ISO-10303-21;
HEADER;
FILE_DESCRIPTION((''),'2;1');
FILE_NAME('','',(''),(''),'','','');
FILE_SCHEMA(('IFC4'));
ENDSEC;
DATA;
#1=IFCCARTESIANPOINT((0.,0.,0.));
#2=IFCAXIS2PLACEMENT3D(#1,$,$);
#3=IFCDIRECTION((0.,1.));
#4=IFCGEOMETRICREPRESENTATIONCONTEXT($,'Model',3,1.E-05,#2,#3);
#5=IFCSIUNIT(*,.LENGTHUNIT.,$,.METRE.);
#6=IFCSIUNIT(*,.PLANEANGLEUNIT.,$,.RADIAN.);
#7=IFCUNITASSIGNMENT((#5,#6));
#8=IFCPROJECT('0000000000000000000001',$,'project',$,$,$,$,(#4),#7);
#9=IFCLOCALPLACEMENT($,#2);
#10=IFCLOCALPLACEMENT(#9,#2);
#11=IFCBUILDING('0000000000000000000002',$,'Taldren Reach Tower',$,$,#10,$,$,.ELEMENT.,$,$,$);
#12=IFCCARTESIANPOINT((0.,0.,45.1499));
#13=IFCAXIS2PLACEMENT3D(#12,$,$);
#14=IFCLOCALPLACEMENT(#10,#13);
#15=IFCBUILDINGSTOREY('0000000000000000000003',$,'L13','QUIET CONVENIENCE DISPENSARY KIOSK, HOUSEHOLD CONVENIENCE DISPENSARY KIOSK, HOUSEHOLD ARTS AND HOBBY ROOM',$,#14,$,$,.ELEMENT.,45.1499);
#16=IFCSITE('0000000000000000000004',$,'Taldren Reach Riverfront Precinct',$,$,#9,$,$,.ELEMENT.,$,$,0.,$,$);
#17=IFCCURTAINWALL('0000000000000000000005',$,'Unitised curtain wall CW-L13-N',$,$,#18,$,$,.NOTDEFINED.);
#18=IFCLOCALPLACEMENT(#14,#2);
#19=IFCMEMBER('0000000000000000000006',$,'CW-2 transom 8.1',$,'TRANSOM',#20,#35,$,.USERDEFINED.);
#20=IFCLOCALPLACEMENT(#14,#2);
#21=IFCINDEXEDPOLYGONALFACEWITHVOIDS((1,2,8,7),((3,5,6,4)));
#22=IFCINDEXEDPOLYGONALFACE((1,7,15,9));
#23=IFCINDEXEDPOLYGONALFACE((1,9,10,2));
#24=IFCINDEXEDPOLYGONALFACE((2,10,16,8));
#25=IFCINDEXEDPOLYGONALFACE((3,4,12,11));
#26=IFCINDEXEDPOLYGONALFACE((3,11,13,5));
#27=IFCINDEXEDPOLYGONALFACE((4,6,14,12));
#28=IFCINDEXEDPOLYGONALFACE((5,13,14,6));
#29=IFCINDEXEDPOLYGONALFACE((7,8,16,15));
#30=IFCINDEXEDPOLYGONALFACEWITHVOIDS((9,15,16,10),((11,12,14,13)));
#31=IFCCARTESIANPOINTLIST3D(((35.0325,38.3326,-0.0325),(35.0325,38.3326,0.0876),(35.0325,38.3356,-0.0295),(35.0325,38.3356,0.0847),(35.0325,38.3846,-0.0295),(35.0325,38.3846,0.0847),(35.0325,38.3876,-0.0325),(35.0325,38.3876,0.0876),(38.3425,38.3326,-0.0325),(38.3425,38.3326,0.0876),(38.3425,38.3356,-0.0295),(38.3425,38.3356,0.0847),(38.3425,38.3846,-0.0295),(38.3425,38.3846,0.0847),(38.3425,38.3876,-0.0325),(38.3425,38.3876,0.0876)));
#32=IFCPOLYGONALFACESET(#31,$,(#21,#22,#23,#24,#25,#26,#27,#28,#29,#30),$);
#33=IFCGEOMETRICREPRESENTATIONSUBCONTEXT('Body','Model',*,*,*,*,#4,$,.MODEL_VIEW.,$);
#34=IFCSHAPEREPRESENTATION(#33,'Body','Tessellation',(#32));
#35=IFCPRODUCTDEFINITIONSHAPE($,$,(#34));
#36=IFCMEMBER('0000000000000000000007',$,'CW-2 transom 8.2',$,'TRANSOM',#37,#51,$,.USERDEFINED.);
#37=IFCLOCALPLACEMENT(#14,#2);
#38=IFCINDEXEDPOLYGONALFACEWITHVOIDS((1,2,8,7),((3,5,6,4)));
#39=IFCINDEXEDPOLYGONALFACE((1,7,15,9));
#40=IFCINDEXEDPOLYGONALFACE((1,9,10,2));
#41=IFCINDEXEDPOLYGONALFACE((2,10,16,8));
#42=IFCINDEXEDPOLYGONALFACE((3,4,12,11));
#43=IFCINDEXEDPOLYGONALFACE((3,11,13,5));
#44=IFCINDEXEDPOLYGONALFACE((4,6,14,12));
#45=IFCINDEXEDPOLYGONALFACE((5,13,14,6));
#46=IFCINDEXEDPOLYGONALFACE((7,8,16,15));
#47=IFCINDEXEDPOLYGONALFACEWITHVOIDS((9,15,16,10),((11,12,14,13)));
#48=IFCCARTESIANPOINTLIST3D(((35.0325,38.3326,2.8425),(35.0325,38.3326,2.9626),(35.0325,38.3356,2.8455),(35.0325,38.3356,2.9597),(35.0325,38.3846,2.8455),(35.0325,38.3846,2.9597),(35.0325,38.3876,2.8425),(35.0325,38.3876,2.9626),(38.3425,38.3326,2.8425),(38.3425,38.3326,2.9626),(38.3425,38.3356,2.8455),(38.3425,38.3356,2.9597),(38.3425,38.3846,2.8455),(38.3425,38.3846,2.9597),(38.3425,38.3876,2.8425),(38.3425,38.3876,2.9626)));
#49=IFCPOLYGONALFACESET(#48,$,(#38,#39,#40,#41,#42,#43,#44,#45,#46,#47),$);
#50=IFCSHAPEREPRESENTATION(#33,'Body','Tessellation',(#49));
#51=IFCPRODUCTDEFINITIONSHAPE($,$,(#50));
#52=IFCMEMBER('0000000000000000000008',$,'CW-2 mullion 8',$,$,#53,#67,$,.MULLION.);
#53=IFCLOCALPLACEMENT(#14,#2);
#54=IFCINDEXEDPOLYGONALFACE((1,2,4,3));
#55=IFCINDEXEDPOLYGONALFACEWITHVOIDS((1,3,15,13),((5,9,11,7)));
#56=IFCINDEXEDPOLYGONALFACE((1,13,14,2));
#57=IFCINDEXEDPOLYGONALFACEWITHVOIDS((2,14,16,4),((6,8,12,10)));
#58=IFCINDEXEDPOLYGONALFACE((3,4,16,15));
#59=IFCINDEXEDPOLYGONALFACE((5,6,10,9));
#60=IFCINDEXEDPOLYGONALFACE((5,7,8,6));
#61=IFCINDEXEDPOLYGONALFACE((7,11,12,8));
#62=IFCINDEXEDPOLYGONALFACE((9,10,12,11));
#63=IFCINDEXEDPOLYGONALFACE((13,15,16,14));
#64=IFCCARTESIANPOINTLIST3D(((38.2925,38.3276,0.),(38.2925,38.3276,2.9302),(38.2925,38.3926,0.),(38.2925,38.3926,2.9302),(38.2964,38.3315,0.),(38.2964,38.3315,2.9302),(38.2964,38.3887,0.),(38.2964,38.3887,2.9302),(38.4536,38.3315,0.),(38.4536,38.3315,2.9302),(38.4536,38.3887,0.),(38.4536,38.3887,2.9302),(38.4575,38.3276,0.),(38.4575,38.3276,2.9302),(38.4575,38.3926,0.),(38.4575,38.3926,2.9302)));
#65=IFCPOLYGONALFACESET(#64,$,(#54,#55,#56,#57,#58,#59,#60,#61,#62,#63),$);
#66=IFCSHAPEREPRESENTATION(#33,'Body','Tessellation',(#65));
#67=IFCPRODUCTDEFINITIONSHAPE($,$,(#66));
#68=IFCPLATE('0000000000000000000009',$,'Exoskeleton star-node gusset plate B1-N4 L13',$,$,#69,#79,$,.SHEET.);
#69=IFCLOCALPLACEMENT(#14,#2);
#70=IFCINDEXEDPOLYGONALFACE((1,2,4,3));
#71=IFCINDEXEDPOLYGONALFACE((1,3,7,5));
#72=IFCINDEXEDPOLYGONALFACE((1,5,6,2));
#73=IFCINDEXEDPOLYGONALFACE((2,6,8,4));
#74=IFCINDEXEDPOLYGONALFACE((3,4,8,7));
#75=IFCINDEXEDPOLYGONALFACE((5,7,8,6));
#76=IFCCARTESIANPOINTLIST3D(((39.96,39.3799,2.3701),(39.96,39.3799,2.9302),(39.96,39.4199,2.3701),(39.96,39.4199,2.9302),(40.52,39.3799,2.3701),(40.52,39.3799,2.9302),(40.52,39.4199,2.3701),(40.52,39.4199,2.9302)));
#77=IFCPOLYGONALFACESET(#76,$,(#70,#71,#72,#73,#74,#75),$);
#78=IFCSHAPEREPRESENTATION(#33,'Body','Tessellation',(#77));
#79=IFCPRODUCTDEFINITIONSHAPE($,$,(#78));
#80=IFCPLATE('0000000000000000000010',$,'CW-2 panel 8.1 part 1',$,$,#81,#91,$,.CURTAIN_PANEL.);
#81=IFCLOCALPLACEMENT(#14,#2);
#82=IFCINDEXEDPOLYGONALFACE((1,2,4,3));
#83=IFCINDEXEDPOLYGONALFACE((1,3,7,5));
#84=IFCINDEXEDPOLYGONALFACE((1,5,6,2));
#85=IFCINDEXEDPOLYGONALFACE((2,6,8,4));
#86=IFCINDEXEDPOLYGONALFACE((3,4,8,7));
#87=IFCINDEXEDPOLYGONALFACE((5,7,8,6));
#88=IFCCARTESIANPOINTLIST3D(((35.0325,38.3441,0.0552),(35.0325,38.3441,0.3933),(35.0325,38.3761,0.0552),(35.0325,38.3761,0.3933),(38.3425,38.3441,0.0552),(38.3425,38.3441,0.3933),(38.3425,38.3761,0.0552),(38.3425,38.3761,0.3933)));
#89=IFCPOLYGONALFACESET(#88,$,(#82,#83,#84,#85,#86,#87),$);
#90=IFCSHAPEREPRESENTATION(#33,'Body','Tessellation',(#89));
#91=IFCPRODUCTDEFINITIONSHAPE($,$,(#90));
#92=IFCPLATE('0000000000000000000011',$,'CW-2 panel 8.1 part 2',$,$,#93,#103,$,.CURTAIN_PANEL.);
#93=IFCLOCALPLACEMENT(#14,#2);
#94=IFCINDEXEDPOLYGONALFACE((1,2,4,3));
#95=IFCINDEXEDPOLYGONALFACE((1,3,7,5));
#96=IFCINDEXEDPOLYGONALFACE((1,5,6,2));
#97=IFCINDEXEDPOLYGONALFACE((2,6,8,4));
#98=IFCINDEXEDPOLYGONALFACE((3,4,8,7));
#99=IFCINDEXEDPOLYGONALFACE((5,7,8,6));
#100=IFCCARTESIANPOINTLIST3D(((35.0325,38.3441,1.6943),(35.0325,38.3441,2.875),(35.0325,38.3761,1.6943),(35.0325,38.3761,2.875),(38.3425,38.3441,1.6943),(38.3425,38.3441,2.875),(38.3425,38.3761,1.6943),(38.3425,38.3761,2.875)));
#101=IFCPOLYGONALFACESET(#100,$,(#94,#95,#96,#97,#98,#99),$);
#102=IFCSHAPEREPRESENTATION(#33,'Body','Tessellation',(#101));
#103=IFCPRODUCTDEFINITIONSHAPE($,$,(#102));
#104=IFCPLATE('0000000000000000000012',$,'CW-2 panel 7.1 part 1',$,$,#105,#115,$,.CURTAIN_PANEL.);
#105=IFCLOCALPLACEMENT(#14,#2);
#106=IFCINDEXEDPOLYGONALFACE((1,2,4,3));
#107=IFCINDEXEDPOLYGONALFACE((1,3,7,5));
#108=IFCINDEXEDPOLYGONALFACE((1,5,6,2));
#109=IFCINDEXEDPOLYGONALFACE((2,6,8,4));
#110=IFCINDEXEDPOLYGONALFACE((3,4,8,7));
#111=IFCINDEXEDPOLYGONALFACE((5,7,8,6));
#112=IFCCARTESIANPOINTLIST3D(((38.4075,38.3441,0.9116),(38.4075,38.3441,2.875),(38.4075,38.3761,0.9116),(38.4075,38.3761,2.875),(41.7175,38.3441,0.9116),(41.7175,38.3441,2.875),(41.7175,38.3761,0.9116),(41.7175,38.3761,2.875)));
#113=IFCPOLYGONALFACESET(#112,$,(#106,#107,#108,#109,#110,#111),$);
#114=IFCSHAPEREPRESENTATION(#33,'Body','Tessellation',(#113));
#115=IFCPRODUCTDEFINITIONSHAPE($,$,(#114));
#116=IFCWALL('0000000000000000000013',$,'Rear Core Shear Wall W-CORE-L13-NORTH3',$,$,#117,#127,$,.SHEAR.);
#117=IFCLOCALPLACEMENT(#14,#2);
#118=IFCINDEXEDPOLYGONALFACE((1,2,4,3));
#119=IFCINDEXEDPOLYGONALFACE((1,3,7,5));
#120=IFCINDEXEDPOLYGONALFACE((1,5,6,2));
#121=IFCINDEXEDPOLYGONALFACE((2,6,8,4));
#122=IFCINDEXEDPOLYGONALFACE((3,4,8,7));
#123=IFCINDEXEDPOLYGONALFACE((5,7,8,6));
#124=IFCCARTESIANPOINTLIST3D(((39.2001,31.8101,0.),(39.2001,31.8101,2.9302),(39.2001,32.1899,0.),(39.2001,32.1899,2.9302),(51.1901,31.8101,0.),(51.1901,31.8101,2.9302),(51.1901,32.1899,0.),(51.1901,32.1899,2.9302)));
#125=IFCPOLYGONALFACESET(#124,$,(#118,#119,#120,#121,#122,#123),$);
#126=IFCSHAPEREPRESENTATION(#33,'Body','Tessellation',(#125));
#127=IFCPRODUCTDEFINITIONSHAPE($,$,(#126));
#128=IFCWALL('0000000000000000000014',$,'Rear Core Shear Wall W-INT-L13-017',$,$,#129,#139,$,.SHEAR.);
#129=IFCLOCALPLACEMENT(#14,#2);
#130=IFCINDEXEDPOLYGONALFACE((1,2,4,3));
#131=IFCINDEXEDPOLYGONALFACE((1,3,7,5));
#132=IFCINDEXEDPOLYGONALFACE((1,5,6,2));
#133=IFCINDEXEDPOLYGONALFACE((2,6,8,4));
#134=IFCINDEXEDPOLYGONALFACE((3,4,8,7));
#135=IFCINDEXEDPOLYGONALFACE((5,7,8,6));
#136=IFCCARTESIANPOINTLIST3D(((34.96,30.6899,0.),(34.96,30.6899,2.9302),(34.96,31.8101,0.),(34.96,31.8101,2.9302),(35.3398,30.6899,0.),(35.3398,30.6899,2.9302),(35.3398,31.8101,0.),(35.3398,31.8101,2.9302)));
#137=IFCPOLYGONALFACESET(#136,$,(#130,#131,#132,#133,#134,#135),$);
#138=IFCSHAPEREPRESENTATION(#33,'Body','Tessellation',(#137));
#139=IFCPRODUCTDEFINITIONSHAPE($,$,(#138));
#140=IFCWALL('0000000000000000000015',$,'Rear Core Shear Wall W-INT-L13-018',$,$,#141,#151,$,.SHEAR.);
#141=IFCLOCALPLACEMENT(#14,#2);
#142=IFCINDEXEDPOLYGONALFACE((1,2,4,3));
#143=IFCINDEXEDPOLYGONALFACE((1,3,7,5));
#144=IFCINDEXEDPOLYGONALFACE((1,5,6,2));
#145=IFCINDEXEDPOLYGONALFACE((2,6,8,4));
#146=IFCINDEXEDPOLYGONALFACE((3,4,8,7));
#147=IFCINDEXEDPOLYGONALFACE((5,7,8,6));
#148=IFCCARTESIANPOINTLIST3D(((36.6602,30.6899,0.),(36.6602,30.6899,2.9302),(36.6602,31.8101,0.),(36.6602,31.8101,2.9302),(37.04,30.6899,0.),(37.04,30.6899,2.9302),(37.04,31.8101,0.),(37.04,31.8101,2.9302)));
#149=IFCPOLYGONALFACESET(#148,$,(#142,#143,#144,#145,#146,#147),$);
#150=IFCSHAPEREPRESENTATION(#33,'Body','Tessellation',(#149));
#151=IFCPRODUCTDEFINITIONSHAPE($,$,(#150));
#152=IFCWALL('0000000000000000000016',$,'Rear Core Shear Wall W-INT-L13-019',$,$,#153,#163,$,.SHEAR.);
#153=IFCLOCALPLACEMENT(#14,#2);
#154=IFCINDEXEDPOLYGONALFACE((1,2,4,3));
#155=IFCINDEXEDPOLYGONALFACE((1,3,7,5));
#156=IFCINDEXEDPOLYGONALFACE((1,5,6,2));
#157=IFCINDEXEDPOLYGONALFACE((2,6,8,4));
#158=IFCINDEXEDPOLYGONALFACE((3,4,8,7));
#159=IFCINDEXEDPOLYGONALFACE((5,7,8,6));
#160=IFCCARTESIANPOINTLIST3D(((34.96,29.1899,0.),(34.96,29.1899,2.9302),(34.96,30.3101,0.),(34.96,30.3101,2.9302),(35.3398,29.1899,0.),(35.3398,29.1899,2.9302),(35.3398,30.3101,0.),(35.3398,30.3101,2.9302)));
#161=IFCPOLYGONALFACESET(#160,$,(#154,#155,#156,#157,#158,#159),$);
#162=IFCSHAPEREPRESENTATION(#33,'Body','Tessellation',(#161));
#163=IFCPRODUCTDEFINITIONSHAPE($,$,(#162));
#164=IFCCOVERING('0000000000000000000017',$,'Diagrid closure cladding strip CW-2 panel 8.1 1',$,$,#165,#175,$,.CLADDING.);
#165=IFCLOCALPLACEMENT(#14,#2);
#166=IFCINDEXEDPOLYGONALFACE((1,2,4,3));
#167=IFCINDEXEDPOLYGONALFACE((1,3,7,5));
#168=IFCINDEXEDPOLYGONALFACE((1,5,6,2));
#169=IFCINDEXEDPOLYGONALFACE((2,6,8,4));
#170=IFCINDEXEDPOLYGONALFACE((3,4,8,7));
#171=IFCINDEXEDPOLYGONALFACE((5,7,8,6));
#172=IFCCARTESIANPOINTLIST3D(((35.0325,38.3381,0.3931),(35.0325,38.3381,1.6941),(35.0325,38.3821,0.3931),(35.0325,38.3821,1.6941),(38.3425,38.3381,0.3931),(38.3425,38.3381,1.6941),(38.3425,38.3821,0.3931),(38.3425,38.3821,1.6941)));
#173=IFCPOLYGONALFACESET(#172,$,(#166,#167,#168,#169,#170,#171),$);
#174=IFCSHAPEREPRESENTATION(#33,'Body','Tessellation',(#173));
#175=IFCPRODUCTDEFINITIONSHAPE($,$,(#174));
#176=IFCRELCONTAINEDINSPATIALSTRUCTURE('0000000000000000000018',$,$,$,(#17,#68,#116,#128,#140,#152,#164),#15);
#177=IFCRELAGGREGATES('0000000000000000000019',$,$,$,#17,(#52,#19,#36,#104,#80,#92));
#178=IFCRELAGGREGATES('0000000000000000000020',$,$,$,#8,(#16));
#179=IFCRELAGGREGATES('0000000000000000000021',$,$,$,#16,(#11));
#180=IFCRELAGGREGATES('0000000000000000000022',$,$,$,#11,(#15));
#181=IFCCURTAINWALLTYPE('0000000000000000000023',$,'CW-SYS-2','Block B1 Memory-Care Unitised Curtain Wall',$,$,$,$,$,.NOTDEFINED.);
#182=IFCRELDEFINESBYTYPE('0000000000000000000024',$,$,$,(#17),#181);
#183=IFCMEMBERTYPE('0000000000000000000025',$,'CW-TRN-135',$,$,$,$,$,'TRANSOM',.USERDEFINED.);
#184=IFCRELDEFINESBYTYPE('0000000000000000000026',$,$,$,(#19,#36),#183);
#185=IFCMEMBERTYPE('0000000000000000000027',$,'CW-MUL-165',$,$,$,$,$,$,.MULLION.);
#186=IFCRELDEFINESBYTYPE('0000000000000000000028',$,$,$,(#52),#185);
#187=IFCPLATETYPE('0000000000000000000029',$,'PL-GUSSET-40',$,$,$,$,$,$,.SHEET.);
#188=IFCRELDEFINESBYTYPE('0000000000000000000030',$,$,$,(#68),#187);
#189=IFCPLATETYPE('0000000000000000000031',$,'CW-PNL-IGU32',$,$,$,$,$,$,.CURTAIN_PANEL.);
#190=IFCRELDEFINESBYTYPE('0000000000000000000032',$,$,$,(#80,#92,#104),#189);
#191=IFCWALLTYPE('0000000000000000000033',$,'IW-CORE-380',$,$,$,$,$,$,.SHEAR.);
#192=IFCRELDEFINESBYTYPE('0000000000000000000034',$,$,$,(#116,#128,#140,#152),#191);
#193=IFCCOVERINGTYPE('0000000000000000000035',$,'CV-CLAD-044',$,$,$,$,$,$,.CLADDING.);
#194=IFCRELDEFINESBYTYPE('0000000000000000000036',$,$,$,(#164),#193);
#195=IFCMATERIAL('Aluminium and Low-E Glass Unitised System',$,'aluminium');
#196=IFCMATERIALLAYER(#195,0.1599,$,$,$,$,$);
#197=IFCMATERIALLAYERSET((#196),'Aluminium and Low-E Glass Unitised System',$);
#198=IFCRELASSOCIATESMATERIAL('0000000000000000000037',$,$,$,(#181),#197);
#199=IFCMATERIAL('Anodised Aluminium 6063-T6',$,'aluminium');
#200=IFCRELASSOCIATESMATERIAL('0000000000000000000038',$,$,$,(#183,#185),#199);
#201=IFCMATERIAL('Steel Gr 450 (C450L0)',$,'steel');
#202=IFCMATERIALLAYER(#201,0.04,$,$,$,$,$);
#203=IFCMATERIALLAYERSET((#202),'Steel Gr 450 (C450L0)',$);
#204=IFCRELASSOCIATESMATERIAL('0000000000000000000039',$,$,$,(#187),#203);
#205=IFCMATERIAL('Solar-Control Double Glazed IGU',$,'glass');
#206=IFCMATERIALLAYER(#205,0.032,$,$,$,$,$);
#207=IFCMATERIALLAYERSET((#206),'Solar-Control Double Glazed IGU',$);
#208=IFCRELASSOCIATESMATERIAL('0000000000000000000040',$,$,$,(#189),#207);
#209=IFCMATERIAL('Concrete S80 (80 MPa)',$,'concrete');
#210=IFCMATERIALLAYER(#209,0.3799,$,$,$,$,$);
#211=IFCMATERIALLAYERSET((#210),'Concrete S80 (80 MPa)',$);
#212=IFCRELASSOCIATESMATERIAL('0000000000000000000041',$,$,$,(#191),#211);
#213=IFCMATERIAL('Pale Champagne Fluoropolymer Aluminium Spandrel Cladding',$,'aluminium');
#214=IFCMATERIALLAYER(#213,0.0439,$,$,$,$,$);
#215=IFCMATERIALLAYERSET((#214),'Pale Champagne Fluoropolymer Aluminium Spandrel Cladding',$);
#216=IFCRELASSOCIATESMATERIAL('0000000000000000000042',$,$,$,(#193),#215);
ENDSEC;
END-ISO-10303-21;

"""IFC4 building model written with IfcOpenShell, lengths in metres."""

from ifc_helpers import new_model, si_unit, direction, frame, frame_2d, origin, origin_2d, place, context, subcontext, project, spatial, rectangle, hollow_rectangle, extrude, source, transform, mapped, material, layer, layer_set, material_profile, profile_set, type_object, element, aggregate, save


model = new_model("IFC4")

# Units and contexts
model_context = context("Model", 3, precision=1e-05, world=origin(), true_north=direction((0.0, 1.0)))
body_context = subcontext(model_context, "Body", "Model", "MODEL_VIEW")
ifc_project = project(units=[si_unit("LENGTHUNIT", "METRE"), si_unit("PLANEANGLEUNIT", "RADIAN")], contexts=[model_context])

# Site, building, storey
site_placement = place(None, origin())
site = spatial("IfcSite", under=ifc_project, at=site_placement, Name="Taldren Reach Riverfront Precinct", CompositionType="ELEMENT", RefElevation=0.0)
building_placement = place(site_placement, origin())
building = spatial("IfcBuilding", under=site, at=building_placement, Name="Taldren Reach Tower", CompositionType="ELEMENT")
storey_placement = place(building_placement, frame((0.0, 0.0, 45.1499)))
storey = spatial("IfcBuildingStorey", under=building, at=storey_placement, Name="L13", Description="QUIET CONVENIENCE DISPENSARY KIOSK, HOUSEHOLD CONVENIENCE DISPENSARY KIOSK, HOUSEHOLD ARTS AND HOBBY ROOM", CompositionType="ELEMENT", Elevation=45.1499)

# Shared definitions
ifc_material_1 = material(Name="Steel Gr 450 (C450L0)", Category="steel")

# Curtain wall, members
ifc_material_2 = material(Name="Aluminium and Low-E Glass Unitised System", Category="aluminium")
ifc_layer_1 = layer(ifc_material_2, 0.1599)
ifc_layer_set_1 = layer_set([ifc_layer_1], Name="Aluminium and Low-E Glass Unitised System")
curtain_wall_type = type_object("IfcCurtainWallType", Name="CW-SYS-2", Description="Block B1 Memory-Care Unitised Curtain Wall", PredefinedType="NOTDEFINED", material=ifc_layer_set_1)
curtain_wall_placement = place(storey_placement, origin())
curtain_wall = element("IfcCurtainWall", 1, at=curtain_wall_placement, inside=storey, type_object=curtain_wall_type, Name="Unitised curtain wall CW-L13-N", PredefinedType="NOTDEFINED")
ifc_material_3 = material(Name="Anodised Aluminium 6063-T6", Category="aluminium")
ifc_material_profile_1 = material_profile(ifc_material_3, hollow_rectangle(XDim=0.0549, YDim=0.1201, WallThickness=0.0029, at=origin_2d()), Name="ALU-120x55x3RHS")
ifc_profile_set_1 = profile_set([ifc_material_profile_1], Name="Anodised Aluminium 6063-T6")
member_type_1 = type_object("IfcMemberType", Name="CW-TRN-135", ElementType="TRANSOM", PredefinedType="USERDEFINED", material=ifc_profile_set_1)
shared_shape_1 = source(origin(), body_context, "Body", "SweptSolid", [
    extrude(hollow_rectangle(XDim=0.0549, YDim=0.1201, WallThickness=0.0029, at=origin_2d()), origin(), (0.0, 0.0, 1.0), 3.3101),
])
member_1_placement = place(storey_placement, frame((38.3425, 38.3601, 0.0276), z_axis=(-1.0, 0.0, 0.0), x_axis=(0.0, -1.0, 0.0)))
member_1 = element("IfcMember", 2, at=member_1_placement, type_object=member_type_1, Name="CW-2 transom 8.1", ObjectType="TRANSOM", PredefinedType="USERDEFINED", context=body_context, shape_type="MappedRepresentation", body=[
    mapped(shared_shape_1, transform((0.0, 0.0, 0.0), scale=1.0)),
])
member_2_placement = place(storey_placement, frame((38.3425, 38.3601, 2.9026), z_axis=(-1.0, 0.0, 0.0), x_axis=(0.0, -1.0, 0.0)))
member_2 = element("IfcMember", 3, at=member_2_placement, type_object=member_type_1, Name="CW-2 transom 8.2", ObjectType="TRANSOM", PredefinedType="USERDEFINED", context=body_context, shape_type="MappedRepresentation", body=[
    mapped(shared_shape_1, transform((0.0, 0.0, 0.0), scale=1.0)),
])
ifc_material_profile_2 = material_profile(ifc_material_3, hollow_rectangle(XDim=0.0649, YDim=0.165, WallThickness=0.0039, at=origin_2d()), Name="ALU-165x65x4RHS")
ifc_profile_set_2 = profile_set([ifc_material_profile_2], Name="Anodised Aluminium 6063-T6")
member_type_2 = type_object("IfcMemberType", Name="CW-MUL-165", PredefinedType="MULLION", material=ifc_profile_set_2)
shared_shape_2 = source(origin(), body_context, "Body", "SweptSolid", [
    extrude(hollow_rectangle(XDim=0.0649, YDim=0.165, WallThickness=0.0039, at=origin_2d()), origin(), (0.0, 0.0, 1.0), 2.9302),
])
member_3_placement = place(storey_placement, frame((38.375, 38.3601, 0.0), z_axis=(0.0, 0.0, 1.0), x_axis=(0.0, -1.0, 0.0)))
member_3 = element("IfcMember", 4, at=member_3_placement, type_object=member_type_2, Name="CW-2 mullion 8", PredefinedType="MULLION", context=body_context, shape_type="MappedRepresentation", body=[
    mapped(shared_shape_2, transform((0.0, 0.0, 0.0), scale=1.0)),
])

# Plates
ifc_layer_2 = layer(ifc_material_1, 0.04)
ifc_layer_set_2 = layer_set([ifc_layer_2], Name="Steel Gr 450 (C450L0)")
plate_type_1 = type_object("IfcPlateType", Name="PL-GUSSET-40", PredefinedType="SHEET", material=ifc_layer_set_2)
shared_shape_3 = source(origin(), body_context, "Body", "SweptSolid", [
    extrude(rectangle(XDim=0.5601, YDim=0.04, at=origin_2d()), origin(), (0.0, 0.0, 1.0), 0.5601),
])
plate_1_placement = place(storey_placement, frame((40.24, 39.3999, 2.3701), z_axis=(0.0, 0.0, 1.0), x_axis=(1.0, 0.0, 0.0)))
element("IfcPlate", 5, at=plate_1_placement, inside=storey, type_object=plate_type_1, Name="Exoskeleton star-node gusset plate B1-N4 L13", PredefinedType="SHEET", context=body_context, shape_type="MappedRepresentation", body=[
    mapped(shared_shape_3, transform((0.0, 0.0, 0.0), scale=1.0)),
])
ifc_material_4 = material(Name="Solar-Control Double Glazed IGU", Category="glass")
ifc_layer_3 = layer(ifc_material_4, 0.032)
ifc_layer_set_3 = layer_set([ifc_layer_3], Name="Solar-Control Double Glazed IGU")
plate_type_2 = type_object("IfcPlateType", Name="CW-PNL-IGU32", PredefinedType="CURTAIN_PANEL", material=ifc_layer_set_3)
shared_shape_4 = source(origin(), body_context, "Body", "SweptSolid", [
    extrude(rectangle(XDim=3.3101, YDim=0.032, at=origin_2d()), origin(), (0.0, 0.0, 1.0), 0.3381),
])
plate_2_placement = place(storey_placement, frame((36.6875, 38.3601, 0.0552), z_axis=(0.0, 0.0, 1.0), x_axis=(-1.0, 0.0, 0.0)))
plate_2 = element("IfcPlate", 6, at=plate_2_placement, type_object=plate_type_2, Name="CW-2 panel 8.1 part 1", PredefinedType="CURTAIN_PANEL", context=body_context, shape_type="MappedRepresentation", body=[
    mapped(shared_shape_4, transform((0.0, 0.0, 0.0), scale=1.0)),
])
shared_shape_5 = source(origin(), body_context, "Body", "SweptSolid", [
    extrude(rectangle(XDim=3.3101, YDim=0.032, at=origin_2d()), origin(), (0.0, 0.0, 1.0), 1.1807),
])
plate_3_placement = place(storey_placement, frame((36.6875, 38.3601, 1.6943), z_axis=(0.0, 0.0, 1.0), x_axis=(-1.0, 0.0, 0.0)))
plate_3 = element("IfcPlate", 7, at=plate_3_placement, type_object=plate_type_2, Name="CW-2 panel 8.1 part 2", PredefinedType="CURTAIN_PANEL", context=body_context, shape_type="MappedRepresentation", body=[
    mapped(shared_shape_5, transform((0.0, 0.0, 0.0), scale=1.0)),
])
shared_shape_6 = source(origin(), body_context, "Body", "SweptSolid", [
    extrude(rectangle(XDim=3.3101, YDim=0.032, at=origin_2d()), origin(), (0.0, 0.0, 1.0), 1.9634),
])
plate_4_placement = place(storey_placement, frame((40.0625, 38.3601, 0.9116), z_axis=(0.0, 0.0, 1.0), x_axis=(-1.0, 0.0, 0.0)))
plate_4 = element("IfcPlate", 8, at=plate_4_placement, type_object=plate_type_2, Name="CW-2 panel 7.1 part 1", PredefinedType="CURTAIN_PANEL", context=body_context, shape_type="MappedRepresentation", body=[
    mapped(shared_shape_6, transform((0.0, 0.0, 0.0), scale=1.0)),
])
aggregate(curtain_wall, [member_3, member_1, member_2, plate_4, plate_2, plate_3])

# Walls
ifc_material_5 = material(Name="Concrete S80 (80 MPa)", Category="concrete")
ifc_layer_4 = layer(ifc_material_5, 0.3799)
ifc_layer_set_4 = layer_set([ifc_layer_4], Name="Concrete S80 (80 MPa)")
wall_type = type_object("IfcWallType", Name="IW-CORE-380", PredefinedType="SHEAR", material=ifc_layer_set_4)
shared_shape_7 = source(origin(), body_context, "Body", "SweptSolid", [
    extrude(rectangle(XDim=11.99, YDim=0.3799, at=frame_2d((5.9951, 0.0))), origin(), (0.0, 0.0, 1.0), 2.9302),
])
wall_placement = place(storey_placement, frame((39.2, 32.0, 0.0), z_axis=(0.0, 0.0, 1.0), x_axis=(1.0, 0.0, 0.0)))
element("IfcWall", 9, at=wall_placement, inside=storey, type_object=wall_type, Name="Rear Core Shear Wall W-CORE-L13-NORTH3", PredefinedType="SHEAR", context=body_context, shape_type="MappedRepresentation", body=[
    mapped(shared_shape_7, transform((0.0, 0.0, 0.0), scale=1.0)),
])
shared_shape_8 = source(origin(), body_context, "Body", "SweptSolid", [
    extrude(rectangle(XDim=1.1201, YDim=0.3799, at=frame_2d((0.5601, 0.0))), origin(), (0.0, 0.0, 1.0), 2.9302),
])
for number, where, z_axis, x_axis, name in (
    (10, (35.1499, 31.8101, 0.0), (0.0, 0.0, 1.0), (0.0, -1.0, 0.0), "Rear Core Shear Wall W-INT-L13-017"),
    (11, (36.8501, 30.6899, 0.0), (0.0, 0.0, 1.0), (0.0, 1.0, 0.0), "Rear Core Shear Wall W-INT-L13-018"),
    (12, (35.1499, 30.3101, 0.0), (0.0, 0.0, 1.0), (0.0, -1.0, 0.0), "Rear Core Shear Wall W-INT-L13-019"),
):
    element("IfcWall", number, at=place(storey_placement, frame(where, z_axis=z_axis, x_axis=x_axis)), inside=storey, type_object=wall_type, Name=name, PredefinedType="SHEAR", context=body_context, shape_type="MappedRepresentation", body=[
        mapped(shared_shape_8, transform((0.0, 0.0, 0.0), scale=1.0)),
    ])

# Covering
ifc_material_6 = material(Name="Pale Champagne Fluoropolymer Aluminium Spandrel Cladding", Category="aluminium")
ifc_layer_5 = layer(ifc_material_6, 0.0439)
ifc_layer_set_5 = layer_set([ifc_layer_5], Name="Pale Champagne Fluoropolymer Aluminium Spandrel Cladding")
covering_type = type_object("IfcCoveringType", Name="CV-CLAD-044", PredefinedType="CLADDING", material=ifc_layer_set_5)
shared_shape_9 = source(origin(), body_context, "Body", "SweptSolid", [
    extrude(rectangle(XDim=3.3101, YDim=0.0439, at=origin_2d()), origin(), (0.0, 0.0, 1.0), 1.301),
])
covering_1_placement = place(storey_placement, frame((36.6875, 38.3601, 0.3931), z_axis=(0.0, 0.0, 1.0), x_axis=(-1.0, 0.0, 0.0)))
element("IfcCovering", 13, at=covering_1_placement, inside=storey, type_object=covering_type, Name="Diagrid closure cladding strip CW-2 panel 8.1 1", PredefinedType="CLADDING", context=body_context, shape_type="MappedRepresentation", body=[
    mapped(shared_shape_9, transform((0.0, 0.0, 0.0), scale=1.0)),
])

save(model, "model.ifc")
